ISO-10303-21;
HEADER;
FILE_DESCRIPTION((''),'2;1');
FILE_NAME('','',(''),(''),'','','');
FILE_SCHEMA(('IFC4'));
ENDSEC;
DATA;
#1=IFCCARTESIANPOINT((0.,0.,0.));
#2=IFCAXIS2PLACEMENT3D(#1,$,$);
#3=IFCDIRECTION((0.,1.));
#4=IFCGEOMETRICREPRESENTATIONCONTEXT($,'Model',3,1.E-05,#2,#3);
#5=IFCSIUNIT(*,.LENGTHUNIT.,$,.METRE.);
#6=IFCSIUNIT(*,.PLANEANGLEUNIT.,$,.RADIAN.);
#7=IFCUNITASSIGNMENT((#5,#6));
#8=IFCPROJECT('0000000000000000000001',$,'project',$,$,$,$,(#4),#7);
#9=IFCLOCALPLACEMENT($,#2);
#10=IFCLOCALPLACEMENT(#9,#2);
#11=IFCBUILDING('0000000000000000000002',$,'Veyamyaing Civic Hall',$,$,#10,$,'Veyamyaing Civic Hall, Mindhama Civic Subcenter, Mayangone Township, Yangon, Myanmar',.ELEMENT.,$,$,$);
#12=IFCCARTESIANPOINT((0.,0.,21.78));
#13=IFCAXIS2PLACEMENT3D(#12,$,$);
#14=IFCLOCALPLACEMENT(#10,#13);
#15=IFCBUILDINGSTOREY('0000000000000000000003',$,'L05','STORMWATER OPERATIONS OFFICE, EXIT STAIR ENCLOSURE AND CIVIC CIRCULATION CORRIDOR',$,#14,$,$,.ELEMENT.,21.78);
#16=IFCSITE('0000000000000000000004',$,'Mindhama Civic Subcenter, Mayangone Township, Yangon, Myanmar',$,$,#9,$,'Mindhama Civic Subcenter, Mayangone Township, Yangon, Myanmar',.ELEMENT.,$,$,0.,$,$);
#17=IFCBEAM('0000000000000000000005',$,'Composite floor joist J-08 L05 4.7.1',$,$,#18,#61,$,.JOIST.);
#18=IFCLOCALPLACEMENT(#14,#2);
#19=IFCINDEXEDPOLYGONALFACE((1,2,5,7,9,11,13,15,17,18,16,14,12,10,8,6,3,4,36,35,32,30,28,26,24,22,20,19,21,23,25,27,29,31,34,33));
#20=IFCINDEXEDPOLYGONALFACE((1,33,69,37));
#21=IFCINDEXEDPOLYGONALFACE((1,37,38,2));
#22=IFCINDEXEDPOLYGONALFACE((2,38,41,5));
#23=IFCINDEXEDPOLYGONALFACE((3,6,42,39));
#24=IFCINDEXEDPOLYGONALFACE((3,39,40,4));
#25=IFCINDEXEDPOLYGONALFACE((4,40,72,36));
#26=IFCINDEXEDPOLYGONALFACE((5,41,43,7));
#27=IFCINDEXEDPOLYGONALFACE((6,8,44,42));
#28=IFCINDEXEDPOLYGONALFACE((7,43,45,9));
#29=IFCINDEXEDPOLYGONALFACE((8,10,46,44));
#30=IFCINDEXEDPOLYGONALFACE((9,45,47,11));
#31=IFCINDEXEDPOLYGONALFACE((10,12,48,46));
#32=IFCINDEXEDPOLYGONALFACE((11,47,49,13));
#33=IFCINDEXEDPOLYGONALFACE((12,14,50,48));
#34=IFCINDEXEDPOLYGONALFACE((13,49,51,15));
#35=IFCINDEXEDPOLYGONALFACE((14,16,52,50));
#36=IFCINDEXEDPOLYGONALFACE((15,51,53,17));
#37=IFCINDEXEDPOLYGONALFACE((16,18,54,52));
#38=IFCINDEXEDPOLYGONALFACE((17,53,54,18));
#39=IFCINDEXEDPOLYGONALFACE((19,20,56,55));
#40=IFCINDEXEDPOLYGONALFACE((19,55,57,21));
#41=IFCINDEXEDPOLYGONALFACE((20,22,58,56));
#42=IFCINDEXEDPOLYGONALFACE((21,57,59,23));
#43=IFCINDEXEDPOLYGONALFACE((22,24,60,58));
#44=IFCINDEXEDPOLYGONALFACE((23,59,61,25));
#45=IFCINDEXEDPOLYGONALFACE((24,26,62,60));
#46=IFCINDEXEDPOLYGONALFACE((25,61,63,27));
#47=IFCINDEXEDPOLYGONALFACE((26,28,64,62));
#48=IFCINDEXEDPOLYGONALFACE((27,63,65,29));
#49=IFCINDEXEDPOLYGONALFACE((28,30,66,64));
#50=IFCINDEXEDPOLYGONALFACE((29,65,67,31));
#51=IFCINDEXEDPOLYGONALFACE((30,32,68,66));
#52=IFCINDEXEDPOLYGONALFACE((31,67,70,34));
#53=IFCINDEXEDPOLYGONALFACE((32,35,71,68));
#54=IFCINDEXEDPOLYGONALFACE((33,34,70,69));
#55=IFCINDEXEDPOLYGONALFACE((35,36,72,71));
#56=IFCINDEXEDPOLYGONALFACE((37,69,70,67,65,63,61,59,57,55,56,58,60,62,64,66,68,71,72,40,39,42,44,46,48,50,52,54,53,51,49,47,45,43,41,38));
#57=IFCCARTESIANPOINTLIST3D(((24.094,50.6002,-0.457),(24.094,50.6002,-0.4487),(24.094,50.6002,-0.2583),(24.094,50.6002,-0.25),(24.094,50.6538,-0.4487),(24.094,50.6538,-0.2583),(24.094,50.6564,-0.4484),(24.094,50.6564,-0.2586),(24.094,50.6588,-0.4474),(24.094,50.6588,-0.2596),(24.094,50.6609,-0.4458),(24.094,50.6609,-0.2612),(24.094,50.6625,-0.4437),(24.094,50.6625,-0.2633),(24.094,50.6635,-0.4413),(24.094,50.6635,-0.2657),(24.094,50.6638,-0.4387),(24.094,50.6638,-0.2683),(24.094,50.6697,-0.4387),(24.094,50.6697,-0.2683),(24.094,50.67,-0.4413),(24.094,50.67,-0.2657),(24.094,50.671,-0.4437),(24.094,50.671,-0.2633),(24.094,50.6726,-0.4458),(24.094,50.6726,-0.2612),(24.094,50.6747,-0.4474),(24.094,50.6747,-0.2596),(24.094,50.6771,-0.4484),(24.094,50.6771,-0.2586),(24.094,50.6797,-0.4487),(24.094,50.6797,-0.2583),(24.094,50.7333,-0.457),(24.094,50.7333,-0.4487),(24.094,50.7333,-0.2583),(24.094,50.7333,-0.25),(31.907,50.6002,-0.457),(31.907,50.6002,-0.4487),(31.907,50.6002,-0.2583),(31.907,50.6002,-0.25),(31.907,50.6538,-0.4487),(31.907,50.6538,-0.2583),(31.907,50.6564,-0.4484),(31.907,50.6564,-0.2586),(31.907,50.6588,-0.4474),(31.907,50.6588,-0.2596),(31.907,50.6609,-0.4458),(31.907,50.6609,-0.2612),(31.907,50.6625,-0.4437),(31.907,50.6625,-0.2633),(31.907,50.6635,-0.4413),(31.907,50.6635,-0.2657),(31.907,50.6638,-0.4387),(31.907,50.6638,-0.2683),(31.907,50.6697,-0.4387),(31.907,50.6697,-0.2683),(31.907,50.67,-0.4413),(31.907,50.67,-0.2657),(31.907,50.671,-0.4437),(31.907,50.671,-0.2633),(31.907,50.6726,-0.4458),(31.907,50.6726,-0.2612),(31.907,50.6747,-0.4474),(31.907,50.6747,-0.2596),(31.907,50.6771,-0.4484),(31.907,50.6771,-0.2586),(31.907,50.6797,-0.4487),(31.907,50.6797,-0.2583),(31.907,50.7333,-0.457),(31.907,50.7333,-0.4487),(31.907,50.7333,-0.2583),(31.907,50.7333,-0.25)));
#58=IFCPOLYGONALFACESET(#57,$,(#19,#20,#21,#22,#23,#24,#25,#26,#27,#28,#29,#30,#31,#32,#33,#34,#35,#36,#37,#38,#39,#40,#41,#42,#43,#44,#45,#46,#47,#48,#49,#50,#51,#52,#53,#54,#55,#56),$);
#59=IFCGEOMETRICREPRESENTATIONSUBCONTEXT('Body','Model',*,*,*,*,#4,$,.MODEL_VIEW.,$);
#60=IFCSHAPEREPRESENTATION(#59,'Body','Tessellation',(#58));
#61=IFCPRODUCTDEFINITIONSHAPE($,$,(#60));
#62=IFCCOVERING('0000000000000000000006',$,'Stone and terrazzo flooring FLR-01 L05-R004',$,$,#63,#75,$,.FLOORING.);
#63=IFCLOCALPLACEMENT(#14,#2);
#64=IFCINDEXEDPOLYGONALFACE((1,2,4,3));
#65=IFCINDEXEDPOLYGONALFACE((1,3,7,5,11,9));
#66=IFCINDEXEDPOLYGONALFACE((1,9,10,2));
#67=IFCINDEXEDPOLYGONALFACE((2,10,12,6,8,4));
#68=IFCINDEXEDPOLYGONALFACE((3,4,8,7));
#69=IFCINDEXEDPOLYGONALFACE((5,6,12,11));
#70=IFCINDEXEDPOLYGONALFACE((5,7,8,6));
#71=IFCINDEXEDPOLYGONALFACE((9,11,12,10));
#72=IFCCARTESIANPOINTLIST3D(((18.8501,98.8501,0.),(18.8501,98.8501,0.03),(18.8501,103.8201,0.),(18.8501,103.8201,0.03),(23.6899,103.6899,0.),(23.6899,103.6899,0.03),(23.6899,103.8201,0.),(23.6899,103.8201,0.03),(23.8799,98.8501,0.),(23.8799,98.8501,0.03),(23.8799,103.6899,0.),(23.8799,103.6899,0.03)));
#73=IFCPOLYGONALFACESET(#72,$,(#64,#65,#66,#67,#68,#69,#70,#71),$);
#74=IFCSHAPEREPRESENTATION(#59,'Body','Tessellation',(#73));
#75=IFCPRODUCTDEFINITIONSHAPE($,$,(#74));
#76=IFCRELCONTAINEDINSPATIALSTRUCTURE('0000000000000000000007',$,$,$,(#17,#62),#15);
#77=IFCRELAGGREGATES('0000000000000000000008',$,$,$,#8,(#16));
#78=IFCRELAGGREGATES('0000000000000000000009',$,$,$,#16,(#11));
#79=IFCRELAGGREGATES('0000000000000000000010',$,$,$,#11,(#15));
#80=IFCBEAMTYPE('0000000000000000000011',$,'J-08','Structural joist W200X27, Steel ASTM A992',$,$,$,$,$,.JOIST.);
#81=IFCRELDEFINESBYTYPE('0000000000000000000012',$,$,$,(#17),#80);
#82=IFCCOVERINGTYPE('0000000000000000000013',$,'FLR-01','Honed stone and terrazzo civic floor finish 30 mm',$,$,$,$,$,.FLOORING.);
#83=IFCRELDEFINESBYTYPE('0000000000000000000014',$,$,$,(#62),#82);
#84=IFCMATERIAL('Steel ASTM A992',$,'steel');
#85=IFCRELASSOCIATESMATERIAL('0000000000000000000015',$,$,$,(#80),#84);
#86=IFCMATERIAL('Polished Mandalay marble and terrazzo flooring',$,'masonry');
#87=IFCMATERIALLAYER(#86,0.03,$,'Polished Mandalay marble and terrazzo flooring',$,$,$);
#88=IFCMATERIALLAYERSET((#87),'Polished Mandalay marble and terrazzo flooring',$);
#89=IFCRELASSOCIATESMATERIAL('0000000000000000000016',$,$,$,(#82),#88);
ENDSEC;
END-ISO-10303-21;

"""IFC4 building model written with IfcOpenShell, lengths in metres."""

from ifc_helpers import new_model, si_unit, direction, frame, origin, origin_2d, place, context, subcontext, project, spatial, polyline, i_section, outline, extrude, material, layer, layer_set, material_profile, profile_set, type_object, element, save


model = new_model("IFC4")

# Units and contexts
model_context = context("Model", 3, precision=1e-05, world=origin(), true_north=direction((0.0, 1.0)))
body_context = subcontext(model_context, "Body", "Model", "MODEL_VIEW")
ifc_project = project(units=[si_unit("LENGTHUNIT", "METRE"), si_unit("PLANEANGLEUNIT", "RADIAN")], contexts=[model_context])

# Site, building, storey
site_placement = place(None, origin())
site = spatial("IfcSite", under=ifc_project, at=site_placement, Name="Mindhama Civic Subcenter, Mayangone Township, Yangon, Myanmar", LongName="Mindhama Civic Subcenter, Mayangone Township, Yangon, Myanmar", CompositionType="ELEMENT", RefElevation=0.0)
building_placement = place(site_placement, origin())
building = spatial("IfcBuilding", under=site, at=building_placement, Name="Veyamyaing Civic Hall", LongName="Veyamyaing Civic Hall, Mindhama Civic Subcenter, Mayangone Township, Yangon, Myanmar", CompositionType="ELEMENT")
storey_placement = place(building_placement, frame((0.0, 0.0, 21.78)))
storey = spatial("IfcBuildingStorey", under=building, at=storey_placement, Name="L05", Description="STORMWATER OPERATIONS OFFICE, EXIT STAIR ENCLOSURE AND CIVIC CIRCULATION CORRIDOR", CompositionType="ELEMENT", Elevation=21.78)

# Beam
ifc_material_1 = material(Name="Steel ASTM A992", Category="steel")
ifc_material_profile_1 = material_profile(ifc_material_1, i_section(OverallWidth=0.1331, OverallDepth=0.207, WebThickness=0.0059, FlangeThickness=0.0083, FilletRadius=0.01, at=origin_2d()), Name="W200X27")
ifc_profile_set_1 = profile_set([ifc_material_profile_1], Name="Steel ASTM A992")
beam_type_1 = type_object("IfcBeamType", Name="J-08", Description="Structural joist W200X27, Steel ASTM A992", PredefinedType="JOIST", material=ifc_profile_set_1)
beam_1_placement = place(storey_placement, frame((24.094, 50.6667, -0.3535), z_axis=(1.0, 0.0, 0.0), x_axis=(0.0, 1.0, 0.0)))
element("IfcBeam", 1, at=beam_1_placement, inside=storey, type_object=beam_type_1, Name="Composite floor joist J-08 L05 4.7.1", PredefinedType="JOIST", context=body_context, shape_type="SweptSolid", body=[
    extrude(i_section(OverallWidth=0.1331, OverallDepth=0.207, WebThickness=0.0059, FlangeThickness=0.0083, FilletRadius=0.01, at=origin_2d()), origin(), (0.0, 0.0, 1.0), 7.813),
])

# Covering
ifc_material_2 = material(Name="Polished Mandalay marble and terrazzo flooring", Category="masonry")
ifc_layer = layer(ifc_material_2, 0.03, Name="Polished Mandalay marble and terrazzo flooring")
ifc_layer_set = layer_set([ifc_layer], Name="Polished Mandalay marble and terrazzo flooring")
covering_type = type_object("IfcCoveringType", Name="FLR-01", Description="Honed stone and terrazzo civic floor finish 30 mm", PredefinedType="FLOORING", material=ifc_layer_set)
covering_placement = place(storey_placement, origin())
element("IfcCovering", 2, at=covering_placement, inside=storey, type_object=covering_type, Name="Stone and terrazzo flooring FLR-01 L05-R004", PredefinedType="FLOORING", context=body_context, shape_type="SweptSolid", body=[
    extrude(outline(polyline([(18.8501, 98.8501), (18.8501, 103.8201), (23.6899, 103.8201), (23.6899, 103.6899), (23.8799, 103.6899), (23.8799, 98.8501), (18.8501, 98.8501)])), origin(), (0.0, 0.0, 1.0), 0.03),
])

save(model, "model.ifc")
